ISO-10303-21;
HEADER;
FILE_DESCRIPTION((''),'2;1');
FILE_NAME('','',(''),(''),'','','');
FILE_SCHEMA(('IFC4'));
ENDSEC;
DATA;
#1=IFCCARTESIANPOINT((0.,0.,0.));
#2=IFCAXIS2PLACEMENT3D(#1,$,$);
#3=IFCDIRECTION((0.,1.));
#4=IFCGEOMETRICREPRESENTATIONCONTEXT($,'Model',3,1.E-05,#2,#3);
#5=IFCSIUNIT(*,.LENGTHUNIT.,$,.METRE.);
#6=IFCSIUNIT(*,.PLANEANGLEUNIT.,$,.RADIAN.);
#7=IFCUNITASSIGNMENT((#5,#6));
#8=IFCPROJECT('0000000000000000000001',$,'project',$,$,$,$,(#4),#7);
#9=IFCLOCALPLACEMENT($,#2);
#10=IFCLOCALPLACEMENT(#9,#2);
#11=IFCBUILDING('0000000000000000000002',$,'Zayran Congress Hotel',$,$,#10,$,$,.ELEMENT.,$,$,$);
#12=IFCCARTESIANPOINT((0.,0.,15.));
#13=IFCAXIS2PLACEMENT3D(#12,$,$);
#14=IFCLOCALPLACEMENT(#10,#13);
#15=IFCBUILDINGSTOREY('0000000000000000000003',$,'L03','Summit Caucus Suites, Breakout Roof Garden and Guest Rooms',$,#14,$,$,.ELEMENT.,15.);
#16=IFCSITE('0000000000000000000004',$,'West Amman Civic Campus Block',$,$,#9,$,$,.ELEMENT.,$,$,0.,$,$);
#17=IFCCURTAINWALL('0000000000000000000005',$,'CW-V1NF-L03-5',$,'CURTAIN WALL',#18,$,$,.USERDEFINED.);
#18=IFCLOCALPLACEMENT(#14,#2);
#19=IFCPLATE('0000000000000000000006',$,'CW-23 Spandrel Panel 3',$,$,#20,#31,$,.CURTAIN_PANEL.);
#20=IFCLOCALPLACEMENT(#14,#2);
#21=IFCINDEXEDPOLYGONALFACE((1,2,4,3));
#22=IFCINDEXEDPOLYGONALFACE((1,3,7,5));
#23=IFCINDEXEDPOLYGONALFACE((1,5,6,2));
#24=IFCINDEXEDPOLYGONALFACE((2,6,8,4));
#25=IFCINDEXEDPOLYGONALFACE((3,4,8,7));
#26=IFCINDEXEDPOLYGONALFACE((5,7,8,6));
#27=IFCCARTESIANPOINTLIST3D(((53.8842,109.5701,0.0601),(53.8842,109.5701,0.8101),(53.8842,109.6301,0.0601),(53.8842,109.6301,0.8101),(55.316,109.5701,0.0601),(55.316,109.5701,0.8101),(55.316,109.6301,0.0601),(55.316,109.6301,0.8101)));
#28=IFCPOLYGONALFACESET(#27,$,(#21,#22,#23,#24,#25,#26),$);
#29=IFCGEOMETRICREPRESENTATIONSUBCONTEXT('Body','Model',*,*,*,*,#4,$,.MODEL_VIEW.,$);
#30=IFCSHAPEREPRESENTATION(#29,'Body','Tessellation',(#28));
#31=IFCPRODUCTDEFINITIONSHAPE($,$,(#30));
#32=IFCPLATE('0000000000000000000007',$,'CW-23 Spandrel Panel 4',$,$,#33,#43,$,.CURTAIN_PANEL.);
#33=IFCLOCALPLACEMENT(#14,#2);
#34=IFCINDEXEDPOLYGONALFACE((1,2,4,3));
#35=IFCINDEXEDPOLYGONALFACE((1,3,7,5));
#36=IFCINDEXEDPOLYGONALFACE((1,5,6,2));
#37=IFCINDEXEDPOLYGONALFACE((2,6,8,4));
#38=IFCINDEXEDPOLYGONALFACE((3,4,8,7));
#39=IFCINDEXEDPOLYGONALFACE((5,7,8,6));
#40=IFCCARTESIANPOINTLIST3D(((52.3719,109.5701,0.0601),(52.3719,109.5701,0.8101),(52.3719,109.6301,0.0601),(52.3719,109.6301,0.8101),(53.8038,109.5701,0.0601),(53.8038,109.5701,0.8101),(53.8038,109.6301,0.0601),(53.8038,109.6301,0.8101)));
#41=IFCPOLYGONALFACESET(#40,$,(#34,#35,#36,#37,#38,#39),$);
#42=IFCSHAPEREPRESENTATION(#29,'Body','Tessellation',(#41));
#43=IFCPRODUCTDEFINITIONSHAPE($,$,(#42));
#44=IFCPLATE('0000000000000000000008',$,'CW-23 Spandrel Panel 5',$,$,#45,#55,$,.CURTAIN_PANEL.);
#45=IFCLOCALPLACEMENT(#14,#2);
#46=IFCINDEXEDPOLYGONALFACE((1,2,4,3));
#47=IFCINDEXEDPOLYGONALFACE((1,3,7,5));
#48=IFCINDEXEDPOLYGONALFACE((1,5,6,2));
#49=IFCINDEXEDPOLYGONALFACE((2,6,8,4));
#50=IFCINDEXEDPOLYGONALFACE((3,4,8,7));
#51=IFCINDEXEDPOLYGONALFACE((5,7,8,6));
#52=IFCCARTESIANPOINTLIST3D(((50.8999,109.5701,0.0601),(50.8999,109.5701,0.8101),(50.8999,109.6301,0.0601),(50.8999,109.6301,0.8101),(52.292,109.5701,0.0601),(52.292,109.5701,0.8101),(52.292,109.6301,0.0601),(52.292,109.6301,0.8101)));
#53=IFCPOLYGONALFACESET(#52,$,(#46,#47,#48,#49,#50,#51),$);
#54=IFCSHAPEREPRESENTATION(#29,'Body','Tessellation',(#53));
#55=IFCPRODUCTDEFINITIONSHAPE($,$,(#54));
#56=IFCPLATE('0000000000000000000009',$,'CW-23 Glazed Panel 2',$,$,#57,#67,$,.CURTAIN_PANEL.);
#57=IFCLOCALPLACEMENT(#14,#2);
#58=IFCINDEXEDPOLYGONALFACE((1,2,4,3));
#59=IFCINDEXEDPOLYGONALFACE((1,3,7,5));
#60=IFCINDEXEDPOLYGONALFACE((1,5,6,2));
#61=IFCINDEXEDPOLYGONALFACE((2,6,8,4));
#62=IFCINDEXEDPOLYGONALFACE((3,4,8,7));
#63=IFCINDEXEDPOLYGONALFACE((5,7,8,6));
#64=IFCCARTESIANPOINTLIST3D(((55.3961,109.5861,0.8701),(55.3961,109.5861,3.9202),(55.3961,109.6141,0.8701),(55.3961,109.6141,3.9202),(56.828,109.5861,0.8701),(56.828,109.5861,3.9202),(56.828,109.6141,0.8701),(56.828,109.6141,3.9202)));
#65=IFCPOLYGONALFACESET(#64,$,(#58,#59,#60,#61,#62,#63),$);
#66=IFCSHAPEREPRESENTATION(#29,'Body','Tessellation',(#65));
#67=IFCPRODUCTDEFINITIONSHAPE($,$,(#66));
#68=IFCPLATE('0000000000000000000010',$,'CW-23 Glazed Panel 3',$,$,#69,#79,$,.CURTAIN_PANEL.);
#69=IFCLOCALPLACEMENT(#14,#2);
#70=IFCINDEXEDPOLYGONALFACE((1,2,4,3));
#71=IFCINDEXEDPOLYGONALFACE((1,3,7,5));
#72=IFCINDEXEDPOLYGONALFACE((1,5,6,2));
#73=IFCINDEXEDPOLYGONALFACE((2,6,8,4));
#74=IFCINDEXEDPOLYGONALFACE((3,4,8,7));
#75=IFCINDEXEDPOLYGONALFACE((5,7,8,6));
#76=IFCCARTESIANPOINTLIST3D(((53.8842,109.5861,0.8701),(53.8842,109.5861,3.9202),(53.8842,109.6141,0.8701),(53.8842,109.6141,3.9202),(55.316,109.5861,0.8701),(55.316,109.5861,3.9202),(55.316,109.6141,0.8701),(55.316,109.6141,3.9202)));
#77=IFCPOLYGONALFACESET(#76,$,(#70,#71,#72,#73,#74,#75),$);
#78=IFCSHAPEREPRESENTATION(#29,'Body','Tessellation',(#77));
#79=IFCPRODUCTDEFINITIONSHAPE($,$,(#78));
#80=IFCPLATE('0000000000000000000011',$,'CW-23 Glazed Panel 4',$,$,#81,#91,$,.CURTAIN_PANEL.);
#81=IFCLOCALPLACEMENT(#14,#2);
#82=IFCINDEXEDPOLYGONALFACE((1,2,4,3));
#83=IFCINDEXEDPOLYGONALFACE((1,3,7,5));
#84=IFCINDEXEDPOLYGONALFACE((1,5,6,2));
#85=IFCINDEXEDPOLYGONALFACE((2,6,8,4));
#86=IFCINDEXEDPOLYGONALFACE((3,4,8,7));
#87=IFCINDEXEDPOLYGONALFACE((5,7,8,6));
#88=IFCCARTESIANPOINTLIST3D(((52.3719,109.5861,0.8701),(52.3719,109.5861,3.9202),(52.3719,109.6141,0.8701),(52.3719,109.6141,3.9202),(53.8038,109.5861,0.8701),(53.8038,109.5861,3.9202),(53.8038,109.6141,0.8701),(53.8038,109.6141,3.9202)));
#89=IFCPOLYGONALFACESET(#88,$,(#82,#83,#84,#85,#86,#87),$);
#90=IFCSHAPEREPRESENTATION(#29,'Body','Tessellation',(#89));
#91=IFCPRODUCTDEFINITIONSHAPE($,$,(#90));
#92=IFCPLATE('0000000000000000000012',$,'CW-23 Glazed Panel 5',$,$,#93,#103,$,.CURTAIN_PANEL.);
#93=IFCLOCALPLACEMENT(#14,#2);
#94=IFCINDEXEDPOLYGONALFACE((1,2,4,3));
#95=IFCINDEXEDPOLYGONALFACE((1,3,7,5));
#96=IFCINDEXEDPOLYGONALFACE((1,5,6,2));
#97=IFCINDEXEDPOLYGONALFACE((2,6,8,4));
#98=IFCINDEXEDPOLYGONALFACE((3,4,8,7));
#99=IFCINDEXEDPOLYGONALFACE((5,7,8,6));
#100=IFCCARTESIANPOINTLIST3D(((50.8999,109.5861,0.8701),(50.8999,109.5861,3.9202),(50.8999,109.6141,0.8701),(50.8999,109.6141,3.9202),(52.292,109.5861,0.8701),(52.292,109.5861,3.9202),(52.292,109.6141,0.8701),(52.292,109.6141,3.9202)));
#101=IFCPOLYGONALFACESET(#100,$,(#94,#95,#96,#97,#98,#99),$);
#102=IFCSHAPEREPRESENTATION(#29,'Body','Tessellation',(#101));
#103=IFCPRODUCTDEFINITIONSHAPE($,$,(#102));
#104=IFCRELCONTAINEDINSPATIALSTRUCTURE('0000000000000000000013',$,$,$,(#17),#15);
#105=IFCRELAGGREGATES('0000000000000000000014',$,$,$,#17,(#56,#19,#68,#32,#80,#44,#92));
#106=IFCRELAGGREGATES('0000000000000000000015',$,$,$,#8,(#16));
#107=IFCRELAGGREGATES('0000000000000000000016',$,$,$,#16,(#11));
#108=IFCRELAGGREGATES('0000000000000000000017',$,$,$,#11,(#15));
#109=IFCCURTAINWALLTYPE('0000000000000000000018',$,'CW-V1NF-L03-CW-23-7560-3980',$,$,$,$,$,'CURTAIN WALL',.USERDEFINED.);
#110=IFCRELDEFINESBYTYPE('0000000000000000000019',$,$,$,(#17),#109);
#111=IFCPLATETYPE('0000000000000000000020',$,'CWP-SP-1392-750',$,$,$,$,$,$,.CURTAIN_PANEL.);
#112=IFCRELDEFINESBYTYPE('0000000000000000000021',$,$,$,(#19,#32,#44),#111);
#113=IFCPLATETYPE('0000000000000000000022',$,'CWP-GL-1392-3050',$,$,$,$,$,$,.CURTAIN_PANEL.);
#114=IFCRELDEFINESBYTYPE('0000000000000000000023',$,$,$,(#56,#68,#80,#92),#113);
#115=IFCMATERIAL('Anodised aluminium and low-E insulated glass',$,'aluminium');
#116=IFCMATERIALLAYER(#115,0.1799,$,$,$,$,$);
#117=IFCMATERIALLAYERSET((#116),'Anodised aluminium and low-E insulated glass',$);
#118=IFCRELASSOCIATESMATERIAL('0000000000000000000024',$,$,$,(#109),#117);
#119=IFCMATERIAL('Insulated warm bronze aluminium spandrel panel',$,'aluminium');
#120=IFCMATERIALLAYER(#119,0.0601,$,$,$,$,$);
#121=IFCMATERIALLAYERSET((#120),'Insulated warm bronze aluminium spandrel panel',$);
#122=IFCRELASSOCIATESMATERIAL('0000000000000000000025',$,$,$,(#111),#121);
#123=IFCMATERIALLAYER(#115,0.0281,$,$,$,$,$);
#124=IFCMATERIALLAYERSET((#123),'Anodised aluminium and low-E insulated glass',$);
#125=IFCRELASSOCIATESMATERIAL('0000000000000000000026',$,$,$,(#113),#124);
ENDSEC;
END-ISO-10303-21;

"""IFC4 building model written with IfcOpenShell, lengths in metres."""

from ifc_helpers import new_model, si_unit, direction, frame, origin, origin_2d, place, context, subcontext, project, spatial, rectangle, extrude, material, layer, layer_set, type_object, element, aggregate, save


model = new_model("IFC4")

# Units and contexts
model_context = context("Model", 3, precision=1e-05, world=origin(), true_north=direction((0.0, 1.0)))
body_context = subcontext(model_context, "Body", "Model", "MODEL_VIEW")
ifc_project = project(units=[si_unit("LENGTHUNIT", "METRE"), si_unit("PLANEANGLEUNIT", "RADIAN")], contexts=[model_context])

# Site, building, storey
site_placement = place(None, origin())
site = spatial("IfcSite", under=ifc_project, at=site_placement, Name="West Amman Civic Campus Block", CompositionType="ELEMENT", RefElevation=0.0)
building_placement = place(site_placement, origin())
building = spatial("IfcBuilding", under=site, at=building_placement, Name="Zayran Congress Hotel", CompositionType="ELEMENT")
storey_placement = place(building_placement, frame((0.0, 0.0, 15.0)))
storey = spatial("IfcBuildingStorey", under=building, at=storey_placement, Name="L03", Description="Summit Caucus Suites, Breakout Roof Garden and Guest Rooms", CompositionType="ELEMENT", Elevation=15.0)

# Shared definitions
ifc_material_1 = material(Name="Anodised aluminium and low-E insulated glass", Category="aluminium")

# Curtain wall
ifc_layer_1 = layer(ifc_material_1, 0.1799)
ifc_layer_set_1 = layer_set([ifc_layer_1], Name="Anodised aluminium and low-E insulated glass")
curtain_wall_type_1 = type_object("IfcCurtainWallType", Name="CW-V1NF-L03-CW-23-7560-3980", ElementType="CURTAIN WALL", PredefinedType="USERDEFINED", material=ifc_layer_set_1)
curtain_wall_1_placement = place(storey_placement, origin())
curtain_wall_1 = element("IfcCurtainWall", 1, at=curtain_wall_1_placement, inside=storey, type_object=curtain_wall_type_1, Name="CW-V1NF-L03-5", ObjectType="CURTAIN WALL", PredefinedType="USERDEFINED")

# Plates
ifc_material_2 = material(Name="Insulated warm bronze aluminium spandrel panel", Category="aluminium")
ifc_layer_2 = layer(ifc_material_2, 0.0601)
ifc_layer_set_2 = layer_set([ifc_layer_2], Name="Insulated warm bronze aluminium spandrel panel")
plate_type_1 = type_object("IfcPlateType", Name="CWP-SP-1392-750", PredefinedType="CURTAIN_PANEL", material=ifc_layer_set_2)
plate_1_placement = place(storey_placement, frame((54.6001, 109.6001, 0.0601), z_axis=(0.0, 0.0, 1.0), x_axis=(1.0, 0.0, 0.0)))
plate_1 = element("IfcPlate", 2, at=plate_1_placement, type_object=plate_type_1, Name="CW-23 Spandrel Panel 3", PredefinedType="CURTAIN_PANEL", context=body_context, shape_type="SweptSolid", body=[
    extrude(rectangle(XDim=1.4319, YDim=0.0601, at=origin_2d()), origin(), (0.0, 0.0, 1.0), 0.75),
])
plate_2_placement = place(storey_placement, frame((53.0879, 109.6001, 0.0601), z_axis=(0.0, 0.0, 1.0), x_axis=(1.0, 0.0, 0.0)))
plate_2 = element("IfcPlate", 3, at=plate_2_placement, type_object=plate_type_1, Name="CW-23 Spandrel Panel 4", PredefinedType="CURTAIN_PANEL", context=body_context, shape_type="SweptSolid", body=[
    extrude(rectangle(XDim=1.4319, YDim=0.0601, at=origin_2d()), origin(), (0.0, 0.0, 1.0), 0.75),
])
plate_3_placement = place(storey_placement, frame((51.5959, 109.6001, 0.0601), z_axis=(0.0, 0.0, 1.0), x_axis=(1.0, 0.0, 0.0)))
plate_3 = element("IfcPlate", 4, at=plate_3_placement, type_object=plate_type_1, Name="CW-23 Spandrel Panel 5", PredefinedType="CURTAIN_PANEL", context=body_context, shape_type="SweptSolid", body=[
    extrude(rectangle(XDim=1.3921, YDim=0.0601, at=origin_2d()), origin(), (0.0, 0.0, 1.0), 0.75),
])
ifc_layer_3 = layer(ifc_material_1, 0.0281)
ifc_layer_set_3 = layer_set([ifc_layer_3], Name="Anodised aluminium and low-E insulated glass")
plate_type_2 = type_object("IfcPlateType", Name="CWP-GL-1392-3050", PredefinedType="CURTAIN_PANEL", material=ifc_layer_set_3)
plate_4_placement = place(storey_placement, frame((56.1121, 109.6001, 0.8701), z_axis=(0.0, 0.0, 1.0), x_axis=(1.0, 0.0, 0.0)))
plate_4 = element("IfcPlate", 5, at=plate_4_placement, type_object=plate_type_2, Name="CW-23 Glazed Panel 2", PredefinedType="CURTAIN_PANEL", context=body_context, shape_type="SweptSolid", body=[
    extrude(rectangle(XDim=1.4319, YDim=0.0281, at=origin_2d()), origin(), (0.0, 0.0, 1.0), 3.05),
])
plate_5_placement = place(storey_placement, frame((54.6001, 109.6001, 0.8701), z_axis=(0.0, 0.0, 1.0), x_axis=(1.0, 0.0, 0.0)))
plate_5 = element("IfcPlate", 6, at=plate_5_placement, type_object=plate_type_2, Name="CW-23 Glazed Panel 3", PredefinedType="CURTAIN_PANEL", context=body_context, shape_type="SweptSolid", body=[
    extrude(rectangle(XDim=1.4319, YDim=0.0281, at=origin_2d()), origin(), (0.0, 0.0, 1.0), 3.05),
])
plate_6_placement = place(storey_placement, frame((53.0879, 109.6001, 0.8701), z_axis=(0.0, 0.0, 1.0), x_axis=(1.0, 0.0, 0.0)))
plate_6 = element("IfcPlate", 7, at=plate_6_placement, type_object=plate_type_2, Name="CW-23 Glazed Panel 4", PredefinedType="CURTAIN_PANEL", context=body_context, shape_type="SweptSolid", body=[
    extrude(rectangle(XDim=1.4319, YDim=0.0281, at=origin_2d()), origin(), (0.0, 0.0, 1.0), 3.05),
])
plate_7_placement = place(storey_placement, frame((51.5959, 109.6001, 0.8701), z_axis=(0.0, 0.0, 1.0), x_axis=(1.0, 0.0, 0.0)))
plate_7 = element("IfcPlate", 8, at=plate_7_placement, type_object=plate_type_2, Name="CW-23 Glazed Panel 5", PredefinedType="CURTAIN_PANEL", context=body_context, shape_type="SweptSolid", body=[
    extrude(rectangle(XDim=1.3921, YDim=0.0281, at=origin_2d()), origin(), (0.0, 0.0, 1.0), 3.05),
])
aggregate(curtain_wall_1, [plate_4, plate_1, plate_5, plate_2, plate_6, plate_3, plate_7])

save(model, "model.ifc")
